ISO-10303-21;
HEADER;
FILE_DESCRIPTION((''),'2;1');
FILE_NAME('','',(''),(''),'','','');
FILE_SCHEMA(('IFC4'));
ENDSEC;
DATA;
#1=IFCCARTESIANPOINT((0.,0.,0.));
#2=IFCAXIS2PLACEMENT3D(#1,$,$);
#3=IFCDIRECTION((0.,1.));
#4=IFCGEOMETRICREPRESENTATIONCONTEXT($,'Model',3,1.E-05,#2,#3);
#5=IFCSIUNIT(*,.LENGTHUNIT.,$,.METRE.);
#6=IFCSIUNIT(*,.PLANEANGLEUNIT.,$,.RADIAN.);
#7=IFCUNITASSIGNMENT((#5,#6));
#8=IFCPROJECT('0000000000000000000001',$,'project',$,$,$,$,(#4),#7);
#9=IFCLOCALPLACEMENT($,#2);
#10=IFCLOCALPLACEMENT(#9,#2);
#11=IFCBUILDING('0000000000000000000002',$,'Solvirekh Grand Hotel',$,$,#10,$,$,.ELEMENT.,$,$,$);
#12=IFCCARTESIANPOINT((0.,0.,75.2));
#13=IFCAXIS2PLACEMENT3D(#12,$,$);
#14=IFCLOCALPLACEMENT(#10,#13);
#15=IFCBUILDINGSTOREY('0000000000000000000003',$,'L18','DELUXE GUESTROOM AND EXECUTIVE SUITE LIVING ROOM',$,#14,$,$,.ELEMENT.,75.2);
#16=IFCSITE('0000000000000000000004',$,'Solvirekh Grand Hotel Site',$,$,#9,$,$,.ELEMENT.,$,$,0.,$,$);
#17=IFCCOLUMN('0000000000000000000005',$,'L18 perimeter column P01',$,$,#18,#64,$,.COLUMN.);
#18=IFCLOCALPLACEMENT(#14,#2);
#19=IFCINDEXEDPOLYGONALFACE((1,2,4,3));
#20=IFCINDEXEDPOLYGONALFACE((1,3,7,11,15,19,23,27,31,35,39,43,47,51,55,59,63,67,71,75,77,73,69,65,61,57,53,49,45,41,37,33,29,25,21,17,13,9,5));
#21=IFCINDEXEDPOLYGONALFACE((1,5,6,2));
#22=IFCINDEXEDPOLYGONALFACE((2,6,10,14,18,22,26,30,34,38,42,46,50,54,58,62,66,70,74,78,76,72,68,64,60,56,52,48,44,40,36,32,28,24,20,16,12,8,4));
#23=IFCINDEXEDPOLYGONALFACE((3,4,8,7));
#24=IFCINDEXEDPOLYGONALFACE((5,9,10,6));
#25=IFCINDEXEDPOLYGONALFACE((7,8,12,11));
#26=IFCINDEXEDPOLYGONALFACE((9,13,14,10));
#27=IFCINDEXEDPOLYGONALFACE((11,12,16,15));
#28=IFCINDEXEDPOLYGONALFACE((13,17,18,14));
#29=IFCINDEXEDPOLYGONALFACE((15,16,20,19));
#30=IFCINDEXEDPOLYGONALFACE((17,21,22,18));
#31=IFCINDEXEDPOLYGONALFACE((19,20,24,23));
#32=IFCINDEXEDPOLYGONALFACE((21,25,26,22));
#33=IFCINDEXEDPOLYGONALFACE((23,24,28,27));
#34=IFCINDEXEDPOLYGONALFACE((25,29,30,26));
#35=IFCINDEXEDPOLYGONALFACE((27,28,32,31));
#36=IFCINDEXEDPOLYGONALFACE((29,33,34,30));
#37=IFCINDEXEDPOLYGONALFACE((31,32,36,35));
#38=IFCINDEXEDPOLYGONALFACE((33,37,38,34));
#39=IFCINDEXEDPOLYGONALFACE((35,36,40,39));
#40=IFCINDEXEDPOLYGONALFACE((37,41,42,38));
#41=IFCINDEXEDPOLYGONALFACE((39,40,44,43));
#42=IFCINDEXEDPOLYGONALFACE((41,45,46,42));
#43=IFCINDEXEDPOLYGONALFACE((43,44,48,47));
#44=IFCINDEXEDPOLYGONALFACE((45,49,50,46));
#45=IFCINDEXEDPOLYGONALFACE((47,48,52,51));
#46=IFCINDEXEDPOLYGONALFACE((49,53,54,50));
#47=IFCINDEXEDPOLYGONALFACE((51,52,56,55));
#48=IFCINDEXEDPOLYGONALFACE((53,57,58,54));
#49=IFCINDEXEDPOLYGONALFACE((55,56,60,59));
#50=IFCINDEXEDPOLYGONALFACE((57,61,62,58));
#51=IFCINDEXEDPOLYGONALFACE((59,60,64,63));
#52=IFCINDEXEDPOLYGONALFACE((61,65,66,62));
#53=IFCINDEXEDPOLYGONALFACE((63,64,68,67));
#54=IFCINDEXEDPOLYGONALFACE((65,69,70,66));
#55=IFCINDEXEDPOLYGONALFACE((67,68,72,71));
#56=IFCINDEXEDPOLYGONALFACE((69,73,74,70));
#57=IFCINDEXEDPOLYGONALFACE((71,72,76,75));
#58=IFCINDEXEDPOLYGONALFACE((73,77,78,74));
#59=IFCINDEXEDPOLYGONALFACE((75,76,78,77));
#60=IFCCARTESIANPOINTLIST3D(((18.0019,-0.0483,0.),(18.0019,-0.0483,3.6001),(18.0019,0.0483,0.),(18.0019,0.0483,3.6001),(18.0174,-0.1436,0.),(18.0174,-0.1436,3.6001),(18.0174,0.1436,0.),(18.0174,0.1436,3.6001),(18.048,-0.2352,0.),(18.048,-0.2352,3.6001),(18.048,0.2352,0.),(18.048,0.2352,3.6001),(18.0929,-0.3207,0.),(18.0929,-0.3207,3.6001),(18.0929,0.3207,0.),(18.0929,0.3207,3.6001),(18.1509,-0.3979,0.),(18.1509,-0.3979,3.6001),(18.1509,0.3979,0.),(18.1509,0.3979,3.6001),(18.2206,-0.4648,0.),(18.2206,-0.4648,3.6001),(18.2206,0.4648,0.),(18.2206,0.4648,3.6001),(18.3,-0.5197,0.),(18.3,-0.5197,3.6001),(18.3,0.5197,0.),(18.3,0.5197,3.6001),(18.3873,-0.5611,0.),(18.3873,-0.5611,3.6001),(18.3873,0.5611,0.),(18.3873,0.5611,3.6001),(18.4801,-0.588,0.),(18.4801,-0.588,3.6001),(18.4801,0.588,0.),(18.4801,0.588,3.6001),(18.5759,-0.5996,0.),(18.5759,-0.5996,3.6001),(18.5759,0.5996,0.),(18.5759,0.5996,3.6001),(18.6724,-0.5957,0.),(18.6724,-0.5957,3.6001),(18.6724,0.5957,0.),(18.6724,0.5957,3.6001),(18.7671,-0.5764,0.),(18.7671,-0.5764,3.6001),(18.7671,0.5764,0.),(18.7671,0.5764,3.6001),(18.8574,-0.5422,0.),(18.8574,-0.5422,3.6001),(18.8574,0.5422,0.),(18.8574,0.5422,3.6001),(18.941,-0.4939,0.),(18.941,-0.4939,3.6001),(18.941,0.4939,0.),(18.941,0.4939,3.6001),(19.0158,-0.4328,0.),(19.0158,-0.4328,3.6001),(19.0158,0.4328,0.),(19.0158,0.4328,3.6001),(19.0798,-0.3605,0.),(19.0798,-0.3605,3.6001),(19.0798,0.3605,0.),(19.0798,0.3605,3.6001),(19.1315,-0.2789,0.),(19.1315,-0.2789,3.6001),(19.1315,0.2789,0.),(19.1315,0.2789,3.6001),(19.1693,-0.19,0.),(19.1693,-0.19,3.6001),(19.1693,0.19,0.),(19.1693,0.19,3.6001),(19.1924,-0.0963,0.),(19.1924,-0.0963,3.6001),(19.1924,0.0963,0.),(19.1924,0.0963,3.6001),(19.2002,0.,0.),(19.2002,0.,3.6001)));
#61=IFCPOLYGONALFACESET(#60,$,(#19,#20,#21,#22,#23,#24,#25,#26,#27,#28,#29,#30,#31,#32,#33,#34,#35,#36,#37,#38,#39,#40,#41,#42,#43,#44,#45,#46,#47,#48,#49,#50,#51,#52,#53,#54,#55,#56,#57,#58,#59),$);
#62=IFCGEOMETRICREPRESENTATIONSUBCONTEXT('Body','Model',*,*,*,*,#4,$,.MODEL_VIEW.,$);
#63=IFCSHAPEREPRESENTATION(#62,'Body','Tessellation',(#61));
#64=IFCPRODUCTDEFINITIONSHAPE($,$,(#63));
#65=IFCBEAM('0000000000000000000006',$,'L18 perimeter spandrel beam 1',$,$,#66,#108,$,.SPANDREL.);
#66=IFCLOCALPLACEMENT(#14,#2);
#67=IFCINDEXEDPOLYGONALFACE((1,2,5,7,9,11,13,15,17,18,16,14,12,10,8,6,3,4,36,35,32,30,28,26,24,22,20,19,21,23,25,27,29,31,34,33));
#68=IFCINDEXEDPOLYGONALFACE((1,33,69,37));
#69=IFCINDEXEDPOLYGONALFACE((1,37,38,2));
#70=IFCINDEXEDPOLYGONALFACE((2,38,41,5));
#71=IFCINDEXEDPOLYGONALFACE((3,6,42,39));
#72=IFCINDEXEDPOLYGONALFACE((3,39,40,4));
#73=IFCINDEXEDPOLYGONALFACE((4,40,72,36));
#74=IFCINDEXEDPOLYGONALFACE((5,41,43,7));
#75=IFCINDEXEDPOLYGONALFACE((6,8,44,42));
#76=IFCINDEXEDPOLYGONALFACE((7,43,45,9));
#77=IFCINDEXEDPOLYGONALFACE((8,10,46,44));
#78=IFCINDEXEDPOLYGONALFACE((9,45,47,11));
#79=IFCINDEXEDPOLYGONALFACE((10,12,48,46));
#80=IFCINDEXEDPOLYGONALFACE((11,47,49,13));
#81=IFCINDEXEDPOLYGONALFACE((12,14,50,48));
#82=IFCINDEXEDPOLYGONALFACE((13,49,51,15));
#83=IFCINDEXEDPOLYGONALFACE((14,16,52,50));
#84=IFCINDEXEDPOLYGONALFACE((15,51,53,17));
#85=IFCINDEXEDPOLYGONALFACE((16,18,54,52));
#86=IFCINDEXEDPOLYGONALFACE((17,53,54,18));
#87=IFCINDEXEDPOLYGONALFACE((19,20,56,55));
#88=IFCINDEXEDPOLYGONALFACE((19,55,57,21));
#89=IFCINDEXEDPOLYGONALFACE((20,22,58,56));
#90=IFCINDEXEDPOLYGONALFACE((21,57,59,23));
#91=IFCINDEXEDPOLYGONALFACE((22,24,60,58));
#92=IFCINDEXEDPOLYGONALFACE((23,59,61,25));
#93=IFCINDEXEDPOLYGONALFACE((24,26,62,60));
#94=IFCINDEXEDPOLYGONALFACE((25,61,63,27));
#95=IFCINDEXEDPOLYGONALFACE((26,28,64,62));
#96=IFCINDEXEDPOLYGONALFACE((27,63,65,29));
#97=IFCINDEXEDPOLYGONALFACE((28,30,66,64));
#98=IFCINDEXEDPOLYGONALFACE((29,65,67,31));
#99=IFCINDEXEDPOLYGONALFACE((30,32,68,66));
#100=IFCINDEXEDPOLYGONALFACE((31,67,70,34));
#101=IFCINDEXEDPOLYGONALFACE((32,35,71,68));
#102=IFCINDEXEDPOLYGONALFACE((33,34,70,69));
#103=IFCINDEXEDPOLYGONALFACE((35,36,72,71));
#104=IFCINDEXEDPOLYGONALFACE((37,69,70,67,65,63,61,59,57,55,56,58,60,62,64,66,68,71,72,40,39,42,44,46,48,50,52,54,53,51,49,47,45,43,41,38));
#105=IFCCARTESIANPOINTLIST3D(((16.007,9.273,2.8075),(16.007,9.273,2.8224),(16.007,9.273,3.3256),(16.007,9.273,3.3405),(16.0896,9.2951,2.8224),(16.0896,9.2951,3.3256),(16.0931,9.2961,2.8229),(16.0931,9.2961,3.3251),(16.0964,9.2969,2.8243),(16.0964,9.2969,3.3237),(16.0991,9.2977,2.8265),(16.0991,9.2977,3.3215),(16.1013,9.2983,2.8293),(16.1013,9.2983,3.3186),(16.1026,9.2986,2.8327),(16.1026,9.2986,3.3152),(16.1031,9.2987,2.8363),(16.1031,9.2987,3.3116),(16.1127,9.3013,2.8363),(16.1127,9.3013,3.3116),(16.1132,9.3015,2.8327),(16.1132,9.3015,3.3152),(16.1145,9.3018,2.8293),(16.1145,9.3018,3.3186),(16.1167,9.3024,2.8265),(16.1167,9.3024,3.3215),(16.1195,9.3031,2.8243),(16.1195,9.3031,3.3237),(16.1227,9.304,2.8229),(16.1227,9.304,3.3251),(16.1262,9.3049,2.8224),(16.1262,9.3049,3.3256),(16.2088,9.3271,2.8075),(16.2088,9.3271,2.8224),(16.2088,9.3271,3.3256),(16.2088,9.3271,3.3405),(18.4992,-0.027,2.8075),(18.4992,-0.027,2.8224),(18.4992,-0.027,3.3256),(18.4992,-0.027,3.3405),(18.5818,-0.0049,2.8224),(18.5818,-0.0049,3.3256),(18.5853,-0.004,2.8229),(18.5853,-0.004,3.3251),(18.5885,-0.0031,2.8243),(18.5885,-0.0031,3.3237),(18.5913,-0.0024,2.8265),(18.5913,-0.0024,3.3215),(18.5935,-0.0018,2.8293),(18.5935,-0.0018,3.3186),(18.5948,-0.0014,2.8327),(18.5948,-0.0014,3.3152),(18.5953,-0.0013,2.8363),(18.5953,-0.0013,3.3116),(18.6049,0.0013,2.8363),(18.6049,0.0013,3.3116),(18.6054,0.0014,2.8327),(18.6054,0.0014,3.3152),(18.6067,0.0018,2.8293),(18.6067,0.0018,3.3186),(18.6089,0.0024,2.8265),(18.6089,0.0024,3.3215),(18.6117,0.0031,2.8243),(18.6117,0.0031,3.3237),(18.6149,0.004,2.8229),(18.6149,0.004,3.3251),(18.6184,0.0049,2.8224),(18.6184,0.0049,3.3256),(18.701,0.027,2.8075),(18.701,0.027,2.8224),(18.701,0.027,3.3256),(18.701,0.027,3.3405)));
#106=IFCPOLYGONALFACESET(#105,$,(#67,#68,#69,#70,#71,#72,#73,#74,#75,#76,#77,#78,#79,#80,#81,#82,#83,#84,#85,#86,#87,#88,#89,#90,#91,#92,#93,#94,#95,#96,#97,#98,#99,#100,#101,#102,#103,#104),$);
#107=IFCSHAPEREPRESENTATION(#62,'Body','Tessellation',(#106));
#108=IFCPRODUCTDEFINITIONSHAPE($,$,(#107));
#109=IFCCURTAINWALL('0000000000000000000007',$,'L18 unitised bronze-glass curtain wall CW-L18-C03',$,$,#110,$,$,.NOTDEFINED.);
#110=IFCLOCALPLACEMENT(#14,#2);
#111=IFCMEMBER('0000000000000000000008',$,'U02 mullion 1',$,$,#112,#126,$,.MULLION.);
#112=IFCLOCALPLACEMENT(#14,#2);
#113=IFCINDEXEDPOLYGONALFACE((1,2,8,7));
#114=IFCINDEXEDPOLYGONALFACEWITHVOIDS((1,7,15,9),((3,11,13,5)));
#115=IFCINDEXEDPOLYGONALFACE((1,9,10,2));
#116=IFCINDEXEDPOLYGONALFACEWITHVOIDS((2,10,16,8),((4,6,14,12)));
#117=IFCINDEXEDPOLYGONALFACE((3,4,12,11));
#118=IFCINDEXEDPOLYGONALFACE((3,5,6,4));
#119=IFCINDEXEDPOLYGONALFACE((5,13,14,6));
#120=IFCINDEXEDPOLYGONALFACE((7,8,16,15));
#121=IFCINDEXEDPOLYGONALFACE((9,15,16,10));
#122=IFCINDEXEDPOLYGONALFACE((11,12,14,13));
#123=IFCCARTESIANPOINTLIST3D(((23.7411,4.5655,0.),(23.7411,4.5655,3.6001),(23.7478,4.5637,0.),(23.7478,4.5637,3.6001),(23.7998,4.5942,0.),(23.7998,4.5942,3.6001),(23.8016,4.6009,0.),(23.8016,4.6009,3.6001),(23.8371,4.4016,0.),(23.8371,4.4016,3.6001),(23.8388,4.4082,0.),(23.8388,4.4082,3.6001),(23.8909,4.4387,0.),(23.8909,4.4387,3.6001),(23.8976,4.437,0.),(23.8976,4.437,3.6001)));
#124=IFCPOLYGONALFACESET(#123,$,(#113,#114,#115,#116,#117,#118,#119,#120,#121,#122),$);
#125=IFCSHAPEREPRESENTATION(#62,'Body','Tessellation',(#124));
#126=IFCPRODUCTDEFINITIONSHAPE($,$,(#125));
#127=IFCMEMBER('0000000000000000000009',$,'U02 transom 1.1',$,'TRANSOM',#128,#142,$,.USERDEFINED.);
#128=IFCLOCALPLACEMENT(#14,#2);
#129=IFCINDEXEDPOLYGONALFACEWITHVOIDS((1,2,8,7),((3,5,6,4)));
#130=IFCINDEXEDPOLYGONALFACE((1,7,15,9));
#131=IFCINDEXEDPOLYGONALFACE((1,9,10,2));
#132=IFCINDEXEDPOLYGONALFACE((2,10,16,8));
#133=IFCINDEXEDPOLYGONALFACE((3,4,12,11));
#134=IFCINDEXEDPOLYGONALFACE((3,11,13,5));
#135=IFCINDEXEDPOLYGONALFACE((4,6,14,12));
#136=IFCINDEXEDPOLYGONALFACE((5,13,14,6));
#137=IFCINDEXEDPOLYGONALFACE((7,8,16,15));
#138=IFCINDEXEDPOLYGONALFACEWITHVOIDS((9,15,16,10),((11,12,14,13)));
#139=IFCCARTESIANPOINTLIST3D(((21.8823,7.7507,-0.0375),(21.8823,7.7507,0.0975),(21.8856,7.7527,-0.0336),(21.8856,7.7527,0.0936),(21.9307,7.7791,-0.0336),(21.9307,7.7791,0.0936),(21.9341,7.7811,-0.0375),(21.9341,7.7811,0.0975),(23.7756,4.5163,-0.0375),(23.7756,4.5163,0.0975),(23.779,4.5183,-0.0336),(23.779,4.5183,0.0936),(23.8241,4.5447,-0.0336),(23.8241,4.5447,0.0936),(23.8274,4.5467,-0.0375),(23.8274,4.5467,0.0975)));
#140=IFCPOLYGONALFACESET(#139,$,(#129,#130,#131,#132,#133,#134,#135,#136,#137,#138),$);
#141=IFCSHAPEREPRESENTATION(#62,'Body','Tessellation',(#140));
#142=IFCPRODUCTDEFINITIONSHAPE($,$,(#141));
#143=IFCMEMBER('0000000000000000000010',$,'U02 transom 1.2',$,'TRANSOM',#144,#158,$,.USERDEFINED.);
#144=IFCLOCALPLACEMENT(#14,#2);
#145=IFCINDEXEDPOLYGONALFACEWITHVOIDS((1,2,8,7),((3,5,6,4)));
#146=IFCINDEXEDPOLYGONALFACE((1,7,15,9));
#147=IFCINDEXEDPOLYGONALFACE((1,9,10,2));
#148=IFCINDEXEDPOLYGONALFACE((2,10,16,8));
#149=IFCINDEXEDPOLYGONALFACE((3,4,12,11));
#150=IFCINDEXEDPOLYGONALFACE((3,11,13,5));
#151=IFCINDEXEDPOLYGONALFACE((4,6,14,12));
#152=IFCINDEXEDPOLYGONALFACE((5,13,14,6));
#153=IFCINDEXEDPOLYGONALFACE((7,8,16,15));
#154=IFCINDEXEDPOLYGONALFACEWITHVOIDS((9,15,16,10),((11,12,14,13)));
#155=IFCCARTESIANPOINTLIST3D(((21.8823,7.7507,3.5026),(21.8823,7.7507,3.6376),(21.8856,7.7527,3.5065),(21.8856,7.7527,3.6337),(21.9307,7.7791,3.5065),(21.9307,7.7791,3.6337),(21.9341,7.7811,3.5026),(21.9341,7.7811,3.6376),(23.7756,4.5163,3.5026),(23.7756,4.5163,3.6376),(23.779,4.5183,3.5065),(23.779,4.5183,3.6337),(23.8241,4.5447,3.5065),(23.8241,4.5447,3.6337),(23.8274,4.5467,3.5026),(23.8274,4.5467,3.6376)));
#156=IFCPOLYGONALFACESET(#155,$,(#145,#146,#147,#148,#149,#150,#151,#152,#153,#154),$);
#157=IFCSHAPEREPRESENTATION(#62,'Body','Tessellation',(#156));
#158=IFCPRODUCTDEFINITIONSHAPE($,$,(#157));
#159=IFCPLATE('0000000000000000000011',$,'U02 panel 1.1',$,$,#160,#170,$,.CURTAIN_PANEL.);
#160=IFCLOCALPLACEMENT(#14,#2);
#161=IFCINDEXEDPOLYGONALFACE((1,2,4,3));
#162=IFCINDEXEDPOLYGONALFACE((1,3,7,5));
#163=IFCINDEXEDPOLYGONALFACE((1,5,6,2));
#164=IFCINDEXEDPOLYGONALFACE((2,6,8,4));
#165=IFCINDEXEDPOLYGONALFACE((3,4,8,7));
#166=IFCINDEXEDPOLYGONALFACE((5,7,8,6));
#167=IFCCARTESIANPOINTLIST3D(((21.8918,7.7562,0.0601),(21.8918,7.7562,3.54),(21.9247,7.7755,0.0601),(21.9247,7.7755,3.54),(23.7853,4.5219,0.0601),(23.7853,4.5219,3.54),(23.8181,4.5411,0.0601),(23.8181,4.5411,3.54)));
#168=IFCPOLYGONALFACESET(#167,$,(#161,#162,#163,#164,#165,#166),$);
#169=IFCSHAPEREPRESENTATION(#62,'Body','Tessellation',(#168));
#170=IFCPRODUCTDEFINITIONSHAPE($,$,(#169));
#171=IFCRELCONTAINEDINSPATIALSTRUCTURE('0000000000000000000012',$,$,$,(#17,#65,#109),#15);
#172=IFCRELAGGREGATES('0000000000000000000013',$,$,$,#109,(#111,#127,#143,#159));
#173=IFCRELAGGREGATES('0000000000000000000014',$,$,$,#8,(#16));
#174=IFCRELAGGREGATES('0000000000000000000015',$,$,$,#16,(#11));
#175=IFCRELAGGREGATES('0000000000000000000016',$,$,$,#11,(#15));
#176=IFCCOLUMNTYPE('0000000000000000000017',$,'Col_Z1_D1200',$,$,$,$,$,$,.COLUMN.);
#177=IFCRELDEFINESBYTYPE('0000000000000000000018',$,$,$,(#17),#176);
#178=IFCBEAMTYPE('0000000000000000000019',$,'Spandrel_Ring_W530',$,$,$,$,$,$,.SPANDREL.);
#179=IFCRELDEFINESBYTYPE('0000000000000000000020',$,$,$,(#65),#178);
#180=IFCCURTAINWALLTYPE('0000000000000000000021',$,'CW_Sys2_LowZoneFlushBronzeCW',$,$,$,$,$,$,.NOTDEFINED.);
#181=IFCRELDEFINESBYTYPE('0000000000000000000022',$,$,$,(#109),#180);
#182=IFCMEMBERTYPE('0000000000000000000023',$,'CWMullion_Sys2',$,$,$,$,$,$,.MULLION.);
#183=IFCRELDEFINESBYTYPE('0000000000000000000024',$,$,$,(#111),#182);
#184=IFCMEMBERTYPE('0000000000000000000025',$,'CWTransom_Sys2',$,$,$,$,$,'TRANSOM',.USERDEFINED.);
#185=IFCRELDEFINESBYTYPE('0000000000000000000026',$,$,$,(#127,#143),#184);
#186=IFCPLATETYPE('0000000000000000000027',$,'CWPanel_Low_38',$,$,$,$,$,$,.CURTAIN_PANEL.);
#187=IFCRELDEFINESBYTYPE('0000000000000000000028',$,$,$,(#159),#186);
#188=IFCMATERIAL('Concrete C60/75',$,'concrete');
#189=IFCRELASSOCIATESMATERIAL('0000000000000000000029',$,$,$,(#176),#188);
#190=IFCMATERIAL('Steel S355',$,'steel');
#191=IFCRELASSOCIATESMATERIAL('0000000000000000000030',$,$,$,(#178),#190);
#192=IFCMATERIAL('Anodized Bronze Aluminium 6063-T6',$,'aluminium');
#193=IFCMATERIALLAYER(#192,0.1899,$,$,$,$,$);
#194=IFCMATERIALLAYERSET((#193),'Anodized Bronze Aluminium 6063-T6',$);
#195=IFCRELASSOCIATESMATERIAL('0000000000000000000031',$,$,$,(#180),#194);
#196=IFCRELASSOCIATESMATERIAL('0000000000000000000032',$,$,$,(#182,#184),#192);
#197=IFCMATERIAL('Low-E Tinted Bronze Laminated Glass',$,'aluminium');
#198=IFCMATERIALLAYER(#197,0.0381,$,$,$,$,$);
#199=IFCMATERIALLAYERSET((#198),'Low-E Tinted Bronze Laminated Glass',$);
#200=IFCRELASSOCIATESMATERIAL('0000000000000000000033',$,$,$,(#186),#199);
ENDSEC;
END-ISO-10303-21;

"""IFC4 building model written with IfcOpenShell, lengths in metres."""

from ifc_helpers import new_model, si_unit, direction, frame, origin, origin_2d, place, context, subcontext, project, spatial, rectangle, hollow_rectangle, circle, i_section, extrude, source, transform, mapped, material, layer, layer_set, material_profile, profile_set, type_object, element, aggregate, save


model = new_model("IFC4")

# Units and contexts
model_context = context("Model", 3, precision=1e-05, world=origin(), true_north=direction((0.0, 1.0)))
body_context = subcontext(model_context, "Body", "Model", "MODEL_VIEW")
ifc_project = project(units=[si_unit("LENGTHUNIT", "METRE"), si_unit("PLANEANGLEUNIT", "RADIAN")], contexts=[model_context])

# Site, building, storey
site_placement = place(None, origin())
site = spatial("IfcSite", under=ifc_project, at=site_placement, Name="Solvirekh Grand Hotel Site", CompositionType="ELEMENT", RefElevation=0.0)
building_placement = place(site_placement, origin())
building = spatial("IfcBuilding", under=site, at=building_placement, Name="Solvirekh Grand Hotel", CompositionType="ELEMENT")
storey_placement = place(building_placement, frame((0.0, 0.0, 75.2)))
storey = spatial("IfcBuildingStorey", under=building, at=storey_placement, Name="L18", Description="DELUXE GUESTROOM AND EXECUTIVE SUITE LIVING ROOM", CompositionType="ELEMENT", Elevation=75.2)

# Column
ifc_material_1 = material(Name="Concrete C60/75", Category="concrete")
ifc_material_profile_1 = material_profile(ifc_material_1, circle(Radius=0.6001, at=origin_2d()), Name="RC CIRC D1200")
ifc_profile_set_1 = profile_set([ifc_material_profile_1], Name="Concrete C60/75")
column_type = type_object("IfcColumnType", Name="Col_Z1_D1200", PredefinedType="COLUMN", material=ifc_profile_set_1)
column_placement = place(storey_placement, frame((18.6001, 0.0, 0.0), z_axis=(0.0, 0.0, 1.0), x_axis=(1.0, 0.0, 0.0)))
element("IfcColumn", 1, at=column_placement, inside=storey, type_object=column_type, Name="L18 perimeter column P01", PredefinedType="COLUMN", context=body_context, shape_type="SweptSolid", body=[
    extrude(circle(Radius=0.6001, at=origin_2d()), origin(), (0.0, 0.0, 1.0), 3.6001),
])

# Beam
ifc_material_2 = material(Name="Steel S355", Category="steel")
ifc_material_profile_2 = material_profile(ifc_material_2, i_section(OverallWidth=0.209, OverallDepth=0.533, WebThickness=0.01, FlangeThickness=0.0149, FilletRadius=0.0139, at=origin_2d()), Name="W530X92")
ifc_profile_set_2 = profile_set([ifc_material_profile_2], Name="Steel S355")
beam_type = type_object("IfcBeamType", Name="Spandrel_Ring_W530", PredefinedType="SPANDREL", material=ifc_profile_set_2)
beam_placement = place(storey_placement, frame((18.6001, 0.0, 3.074), z_axis=(-0.258843, 0.965919, 0.0), x_axis=(-0.965919, -0.258843, 0.0)))
element("IfcBeam", 2, at=beam_placement, inside=storey, type_object=beam_type, Name="L18 perimeter spandrel beam 1", PredefinedType="SPANDREL", context=body_context, shape_type="SweptSolid", body=[
    extrude(i_section(OverallWidth=0.209, OverallDepth=0.533, WebThickness=0.01, FlangeThickness=0.0149, FilletRadius=0.0139, at=origin_2d()), origin(), (0.0, 0.0, 1.0), 9.6282),
])

# Curtain wall, members, plate
ifc_material_3 = material(Name="Anodized Bronze Aluminium 6063-T6", Category="aluminium")
ifc_layer_1 = layer(ifc_material_3, 0.1899)
ifc_layer_set_1 = layer_set([ifc_layer_1], Name="Anodized Bronze Aluminium 6063-T6")
curtain_wall_type = type_object("IfcCurtainWallType", Name="CW_Sys2_LowZoneFlushBronzeCW", PredefinedType="NOTDEFINED", material=ifc_layer_set_1)
curtain_wall_placement = place(storey_placement, origin())
curtain_wall = element("IfcCurtainWall", 3, at=curtain_wall_placement, inside=storey, type_object=curtain_wall_type, Name="L18 unitised bronze-glass curtain wall CW-L18-C03", PredefinedType="NOTDEFINED")
ifc_material_profile_3 = material_profile(ifc_material_3, hollow_rectangle(XDim=0.0701, YDim=0.1899, WallThickness=0.0049, at=origin_2d()), Name="ALU RHS 190X70X5")
ifc_profile_set_3 = profile_set([ifc_material_profile_3], Name="Anodized Bronze Aluminium 6063-T6")
member_type_1 = type_object("IfcMemberType", Name="CWMullion_Sys2", PredefinedType="MULLION", material=ifc_profile_set_3)
shared_shape_1 = source(origin(), body_context, "Body", "SweptSolid", [
    extrude(hollow_rectangle(XDim=0.0701, YDim=0.1899, WallThickness=0.0049, at=origin_2d()), origin(), (0.0, 0.0, 1.0), 3.6001),
])
member_1_placement = place(storey_placement, frame((23.8193, 4.5012, 0.0), z_axis=(0.0, 0.0, 1.0), x_axis=(-0.862997, -0.50521, 0.0)))
member_1 = element("IfcMember", 4, at=member_1_placement, type_object=member_type_1, Name="U02 mullion 1", PredefinedType="MULLION", context=body_context, shape_type="MappedRepresentation", body=[
    mapped(shared_shape_1, transform((0.0, 0.0, 0.0), x_axis=(1.0, 0.0, 0.0), y_axis=(0.0, 1.0, 0.0), z_axis=(0.0, 0.0, 1.0), scale=1.0)),
])
ifc_material_profile_4 = material_profile(ifc_material_3, hollow_rectangle(XDim=0.0601, YDim=0.135, WallThickness=0.0039, at=origin_2d()), Name="ALU RHS 135X60X4")
ifc_profile_set_4 = profile_set([ifc_material_profile_4], Name="Anodized Bronze Aluminium 6063-T6")
member_type_2 = type_object("IfcMemberType", Name="CWTransom_Sys2", ElementType="TRANSOM", PredefinedType="USERDEFINED", material=ifc_profile_set_4)
shared_shape_2 = source(origin(), body_context, "Body", "SweptSolid", [
    extrude(hollow_rectangle(XDim=0.0601, YDim=0.135, WallThickness=0.0039, at=origin_2d()), origin(), (0.0, 0.0, 1.0), 3.7478),
])
member_2_placement = place(storey_placement, frame((23.8015, 4.5315, 0.03), z_axis=(-0.505183, 0.863012, 0.0), x_axis=(-0.863012, -0.505183, 0.0)))
member_2 = element("IfcMember", 5, at=member_2_placement, type_object=member_type_2, Name="U02 transom 1.1", ObjectType="TRANSOM", PredefinedType="USERDEFINED", context=body_context, shape_type="MappedRepresentation", body=[
    mapped(shared_shape_2, transform((0.0, 0.0, 0.0), x_axis=(1.0, 0.0, 0.0), y_axis=(0.0, 1.0, 0.0), z_axis=(0.0, 0.0, 1.0), scale=1.0)),
])
member_3_placement = place(storey_placement, frame((23.8015, 4.5315, 3.5701), z_axis=(-0.505183, 0.863012, 0.0), x_axis=(-0.863012, -0.505183, 0.0)))
member_3 = element("IfcMember", 6, at=member_3_placement, type_object=member_type_2, Name="U02 transom 1.2", ObjectType="TRANSOM", PredefinedType="USERDEFINED", context=body_context, shape_type="MappedRepresentation", body=[
    mapped(shared_shape_2, transform((0.0, 0.0, 0.0), x_axis=(1.0, 0.0, 0.0), y_axis=(0.0, 1.0, 0.0), z_axis=(0.0, 0.0, 1.0), scale=1.0)),
])
ifc_material_4 = material(Name="Low-E Tinted Bronze Laminated Glass", Category="aluminium")
ifc_layer_2 = layer(ifc_material_4, 0.0381)
ifc_layer_set_2 = layer_set([ifc_layer_2], Name="Low-E Tinted Bronze Laminated Glass")
plate_type = type_object("IfcPlateType", Name="CWPanel_Low_38", PredefinedType="CURTAIN_PANEL", material=ifc_layer_set_2)
shared_shape_3 = source(origin(), body_context, "Body", "SweptSolid", [
    extrude(rectangle(XDim=3.7478, YDim=0.0381, at=origin_2d()), origin(), (0.0, 0.0, 1.0), 3.48),
])
plate_placement = place(storey_placement, frame((22.855, 6.1487, 0.0601), z_axis=(0.0, 0.0, 1.0), x_axis=(-0.50521, 0.862997, 0.0)))
plate = element("IfcPlate", 7, at=plate_placement, type_object=plate_type, Name="U02 panel 1.1", PredefinedType="CURTAIN_PANEL", context=body_context, shape_type="MappedRepresentation", body=[
    mapped(shared_shape_3, transform((0.0, 0.0, 0.0), x_axis=(1.0, 0.0, 0.0), y_axis=(0.0, 1.0, 0.0), z_axis=(0.0, 0.0, 1.0), scale=1.0)),
])
aggregate(curtain_wall, [member_1, member_2, member_3, plate])

save(model, "model.ifc")
